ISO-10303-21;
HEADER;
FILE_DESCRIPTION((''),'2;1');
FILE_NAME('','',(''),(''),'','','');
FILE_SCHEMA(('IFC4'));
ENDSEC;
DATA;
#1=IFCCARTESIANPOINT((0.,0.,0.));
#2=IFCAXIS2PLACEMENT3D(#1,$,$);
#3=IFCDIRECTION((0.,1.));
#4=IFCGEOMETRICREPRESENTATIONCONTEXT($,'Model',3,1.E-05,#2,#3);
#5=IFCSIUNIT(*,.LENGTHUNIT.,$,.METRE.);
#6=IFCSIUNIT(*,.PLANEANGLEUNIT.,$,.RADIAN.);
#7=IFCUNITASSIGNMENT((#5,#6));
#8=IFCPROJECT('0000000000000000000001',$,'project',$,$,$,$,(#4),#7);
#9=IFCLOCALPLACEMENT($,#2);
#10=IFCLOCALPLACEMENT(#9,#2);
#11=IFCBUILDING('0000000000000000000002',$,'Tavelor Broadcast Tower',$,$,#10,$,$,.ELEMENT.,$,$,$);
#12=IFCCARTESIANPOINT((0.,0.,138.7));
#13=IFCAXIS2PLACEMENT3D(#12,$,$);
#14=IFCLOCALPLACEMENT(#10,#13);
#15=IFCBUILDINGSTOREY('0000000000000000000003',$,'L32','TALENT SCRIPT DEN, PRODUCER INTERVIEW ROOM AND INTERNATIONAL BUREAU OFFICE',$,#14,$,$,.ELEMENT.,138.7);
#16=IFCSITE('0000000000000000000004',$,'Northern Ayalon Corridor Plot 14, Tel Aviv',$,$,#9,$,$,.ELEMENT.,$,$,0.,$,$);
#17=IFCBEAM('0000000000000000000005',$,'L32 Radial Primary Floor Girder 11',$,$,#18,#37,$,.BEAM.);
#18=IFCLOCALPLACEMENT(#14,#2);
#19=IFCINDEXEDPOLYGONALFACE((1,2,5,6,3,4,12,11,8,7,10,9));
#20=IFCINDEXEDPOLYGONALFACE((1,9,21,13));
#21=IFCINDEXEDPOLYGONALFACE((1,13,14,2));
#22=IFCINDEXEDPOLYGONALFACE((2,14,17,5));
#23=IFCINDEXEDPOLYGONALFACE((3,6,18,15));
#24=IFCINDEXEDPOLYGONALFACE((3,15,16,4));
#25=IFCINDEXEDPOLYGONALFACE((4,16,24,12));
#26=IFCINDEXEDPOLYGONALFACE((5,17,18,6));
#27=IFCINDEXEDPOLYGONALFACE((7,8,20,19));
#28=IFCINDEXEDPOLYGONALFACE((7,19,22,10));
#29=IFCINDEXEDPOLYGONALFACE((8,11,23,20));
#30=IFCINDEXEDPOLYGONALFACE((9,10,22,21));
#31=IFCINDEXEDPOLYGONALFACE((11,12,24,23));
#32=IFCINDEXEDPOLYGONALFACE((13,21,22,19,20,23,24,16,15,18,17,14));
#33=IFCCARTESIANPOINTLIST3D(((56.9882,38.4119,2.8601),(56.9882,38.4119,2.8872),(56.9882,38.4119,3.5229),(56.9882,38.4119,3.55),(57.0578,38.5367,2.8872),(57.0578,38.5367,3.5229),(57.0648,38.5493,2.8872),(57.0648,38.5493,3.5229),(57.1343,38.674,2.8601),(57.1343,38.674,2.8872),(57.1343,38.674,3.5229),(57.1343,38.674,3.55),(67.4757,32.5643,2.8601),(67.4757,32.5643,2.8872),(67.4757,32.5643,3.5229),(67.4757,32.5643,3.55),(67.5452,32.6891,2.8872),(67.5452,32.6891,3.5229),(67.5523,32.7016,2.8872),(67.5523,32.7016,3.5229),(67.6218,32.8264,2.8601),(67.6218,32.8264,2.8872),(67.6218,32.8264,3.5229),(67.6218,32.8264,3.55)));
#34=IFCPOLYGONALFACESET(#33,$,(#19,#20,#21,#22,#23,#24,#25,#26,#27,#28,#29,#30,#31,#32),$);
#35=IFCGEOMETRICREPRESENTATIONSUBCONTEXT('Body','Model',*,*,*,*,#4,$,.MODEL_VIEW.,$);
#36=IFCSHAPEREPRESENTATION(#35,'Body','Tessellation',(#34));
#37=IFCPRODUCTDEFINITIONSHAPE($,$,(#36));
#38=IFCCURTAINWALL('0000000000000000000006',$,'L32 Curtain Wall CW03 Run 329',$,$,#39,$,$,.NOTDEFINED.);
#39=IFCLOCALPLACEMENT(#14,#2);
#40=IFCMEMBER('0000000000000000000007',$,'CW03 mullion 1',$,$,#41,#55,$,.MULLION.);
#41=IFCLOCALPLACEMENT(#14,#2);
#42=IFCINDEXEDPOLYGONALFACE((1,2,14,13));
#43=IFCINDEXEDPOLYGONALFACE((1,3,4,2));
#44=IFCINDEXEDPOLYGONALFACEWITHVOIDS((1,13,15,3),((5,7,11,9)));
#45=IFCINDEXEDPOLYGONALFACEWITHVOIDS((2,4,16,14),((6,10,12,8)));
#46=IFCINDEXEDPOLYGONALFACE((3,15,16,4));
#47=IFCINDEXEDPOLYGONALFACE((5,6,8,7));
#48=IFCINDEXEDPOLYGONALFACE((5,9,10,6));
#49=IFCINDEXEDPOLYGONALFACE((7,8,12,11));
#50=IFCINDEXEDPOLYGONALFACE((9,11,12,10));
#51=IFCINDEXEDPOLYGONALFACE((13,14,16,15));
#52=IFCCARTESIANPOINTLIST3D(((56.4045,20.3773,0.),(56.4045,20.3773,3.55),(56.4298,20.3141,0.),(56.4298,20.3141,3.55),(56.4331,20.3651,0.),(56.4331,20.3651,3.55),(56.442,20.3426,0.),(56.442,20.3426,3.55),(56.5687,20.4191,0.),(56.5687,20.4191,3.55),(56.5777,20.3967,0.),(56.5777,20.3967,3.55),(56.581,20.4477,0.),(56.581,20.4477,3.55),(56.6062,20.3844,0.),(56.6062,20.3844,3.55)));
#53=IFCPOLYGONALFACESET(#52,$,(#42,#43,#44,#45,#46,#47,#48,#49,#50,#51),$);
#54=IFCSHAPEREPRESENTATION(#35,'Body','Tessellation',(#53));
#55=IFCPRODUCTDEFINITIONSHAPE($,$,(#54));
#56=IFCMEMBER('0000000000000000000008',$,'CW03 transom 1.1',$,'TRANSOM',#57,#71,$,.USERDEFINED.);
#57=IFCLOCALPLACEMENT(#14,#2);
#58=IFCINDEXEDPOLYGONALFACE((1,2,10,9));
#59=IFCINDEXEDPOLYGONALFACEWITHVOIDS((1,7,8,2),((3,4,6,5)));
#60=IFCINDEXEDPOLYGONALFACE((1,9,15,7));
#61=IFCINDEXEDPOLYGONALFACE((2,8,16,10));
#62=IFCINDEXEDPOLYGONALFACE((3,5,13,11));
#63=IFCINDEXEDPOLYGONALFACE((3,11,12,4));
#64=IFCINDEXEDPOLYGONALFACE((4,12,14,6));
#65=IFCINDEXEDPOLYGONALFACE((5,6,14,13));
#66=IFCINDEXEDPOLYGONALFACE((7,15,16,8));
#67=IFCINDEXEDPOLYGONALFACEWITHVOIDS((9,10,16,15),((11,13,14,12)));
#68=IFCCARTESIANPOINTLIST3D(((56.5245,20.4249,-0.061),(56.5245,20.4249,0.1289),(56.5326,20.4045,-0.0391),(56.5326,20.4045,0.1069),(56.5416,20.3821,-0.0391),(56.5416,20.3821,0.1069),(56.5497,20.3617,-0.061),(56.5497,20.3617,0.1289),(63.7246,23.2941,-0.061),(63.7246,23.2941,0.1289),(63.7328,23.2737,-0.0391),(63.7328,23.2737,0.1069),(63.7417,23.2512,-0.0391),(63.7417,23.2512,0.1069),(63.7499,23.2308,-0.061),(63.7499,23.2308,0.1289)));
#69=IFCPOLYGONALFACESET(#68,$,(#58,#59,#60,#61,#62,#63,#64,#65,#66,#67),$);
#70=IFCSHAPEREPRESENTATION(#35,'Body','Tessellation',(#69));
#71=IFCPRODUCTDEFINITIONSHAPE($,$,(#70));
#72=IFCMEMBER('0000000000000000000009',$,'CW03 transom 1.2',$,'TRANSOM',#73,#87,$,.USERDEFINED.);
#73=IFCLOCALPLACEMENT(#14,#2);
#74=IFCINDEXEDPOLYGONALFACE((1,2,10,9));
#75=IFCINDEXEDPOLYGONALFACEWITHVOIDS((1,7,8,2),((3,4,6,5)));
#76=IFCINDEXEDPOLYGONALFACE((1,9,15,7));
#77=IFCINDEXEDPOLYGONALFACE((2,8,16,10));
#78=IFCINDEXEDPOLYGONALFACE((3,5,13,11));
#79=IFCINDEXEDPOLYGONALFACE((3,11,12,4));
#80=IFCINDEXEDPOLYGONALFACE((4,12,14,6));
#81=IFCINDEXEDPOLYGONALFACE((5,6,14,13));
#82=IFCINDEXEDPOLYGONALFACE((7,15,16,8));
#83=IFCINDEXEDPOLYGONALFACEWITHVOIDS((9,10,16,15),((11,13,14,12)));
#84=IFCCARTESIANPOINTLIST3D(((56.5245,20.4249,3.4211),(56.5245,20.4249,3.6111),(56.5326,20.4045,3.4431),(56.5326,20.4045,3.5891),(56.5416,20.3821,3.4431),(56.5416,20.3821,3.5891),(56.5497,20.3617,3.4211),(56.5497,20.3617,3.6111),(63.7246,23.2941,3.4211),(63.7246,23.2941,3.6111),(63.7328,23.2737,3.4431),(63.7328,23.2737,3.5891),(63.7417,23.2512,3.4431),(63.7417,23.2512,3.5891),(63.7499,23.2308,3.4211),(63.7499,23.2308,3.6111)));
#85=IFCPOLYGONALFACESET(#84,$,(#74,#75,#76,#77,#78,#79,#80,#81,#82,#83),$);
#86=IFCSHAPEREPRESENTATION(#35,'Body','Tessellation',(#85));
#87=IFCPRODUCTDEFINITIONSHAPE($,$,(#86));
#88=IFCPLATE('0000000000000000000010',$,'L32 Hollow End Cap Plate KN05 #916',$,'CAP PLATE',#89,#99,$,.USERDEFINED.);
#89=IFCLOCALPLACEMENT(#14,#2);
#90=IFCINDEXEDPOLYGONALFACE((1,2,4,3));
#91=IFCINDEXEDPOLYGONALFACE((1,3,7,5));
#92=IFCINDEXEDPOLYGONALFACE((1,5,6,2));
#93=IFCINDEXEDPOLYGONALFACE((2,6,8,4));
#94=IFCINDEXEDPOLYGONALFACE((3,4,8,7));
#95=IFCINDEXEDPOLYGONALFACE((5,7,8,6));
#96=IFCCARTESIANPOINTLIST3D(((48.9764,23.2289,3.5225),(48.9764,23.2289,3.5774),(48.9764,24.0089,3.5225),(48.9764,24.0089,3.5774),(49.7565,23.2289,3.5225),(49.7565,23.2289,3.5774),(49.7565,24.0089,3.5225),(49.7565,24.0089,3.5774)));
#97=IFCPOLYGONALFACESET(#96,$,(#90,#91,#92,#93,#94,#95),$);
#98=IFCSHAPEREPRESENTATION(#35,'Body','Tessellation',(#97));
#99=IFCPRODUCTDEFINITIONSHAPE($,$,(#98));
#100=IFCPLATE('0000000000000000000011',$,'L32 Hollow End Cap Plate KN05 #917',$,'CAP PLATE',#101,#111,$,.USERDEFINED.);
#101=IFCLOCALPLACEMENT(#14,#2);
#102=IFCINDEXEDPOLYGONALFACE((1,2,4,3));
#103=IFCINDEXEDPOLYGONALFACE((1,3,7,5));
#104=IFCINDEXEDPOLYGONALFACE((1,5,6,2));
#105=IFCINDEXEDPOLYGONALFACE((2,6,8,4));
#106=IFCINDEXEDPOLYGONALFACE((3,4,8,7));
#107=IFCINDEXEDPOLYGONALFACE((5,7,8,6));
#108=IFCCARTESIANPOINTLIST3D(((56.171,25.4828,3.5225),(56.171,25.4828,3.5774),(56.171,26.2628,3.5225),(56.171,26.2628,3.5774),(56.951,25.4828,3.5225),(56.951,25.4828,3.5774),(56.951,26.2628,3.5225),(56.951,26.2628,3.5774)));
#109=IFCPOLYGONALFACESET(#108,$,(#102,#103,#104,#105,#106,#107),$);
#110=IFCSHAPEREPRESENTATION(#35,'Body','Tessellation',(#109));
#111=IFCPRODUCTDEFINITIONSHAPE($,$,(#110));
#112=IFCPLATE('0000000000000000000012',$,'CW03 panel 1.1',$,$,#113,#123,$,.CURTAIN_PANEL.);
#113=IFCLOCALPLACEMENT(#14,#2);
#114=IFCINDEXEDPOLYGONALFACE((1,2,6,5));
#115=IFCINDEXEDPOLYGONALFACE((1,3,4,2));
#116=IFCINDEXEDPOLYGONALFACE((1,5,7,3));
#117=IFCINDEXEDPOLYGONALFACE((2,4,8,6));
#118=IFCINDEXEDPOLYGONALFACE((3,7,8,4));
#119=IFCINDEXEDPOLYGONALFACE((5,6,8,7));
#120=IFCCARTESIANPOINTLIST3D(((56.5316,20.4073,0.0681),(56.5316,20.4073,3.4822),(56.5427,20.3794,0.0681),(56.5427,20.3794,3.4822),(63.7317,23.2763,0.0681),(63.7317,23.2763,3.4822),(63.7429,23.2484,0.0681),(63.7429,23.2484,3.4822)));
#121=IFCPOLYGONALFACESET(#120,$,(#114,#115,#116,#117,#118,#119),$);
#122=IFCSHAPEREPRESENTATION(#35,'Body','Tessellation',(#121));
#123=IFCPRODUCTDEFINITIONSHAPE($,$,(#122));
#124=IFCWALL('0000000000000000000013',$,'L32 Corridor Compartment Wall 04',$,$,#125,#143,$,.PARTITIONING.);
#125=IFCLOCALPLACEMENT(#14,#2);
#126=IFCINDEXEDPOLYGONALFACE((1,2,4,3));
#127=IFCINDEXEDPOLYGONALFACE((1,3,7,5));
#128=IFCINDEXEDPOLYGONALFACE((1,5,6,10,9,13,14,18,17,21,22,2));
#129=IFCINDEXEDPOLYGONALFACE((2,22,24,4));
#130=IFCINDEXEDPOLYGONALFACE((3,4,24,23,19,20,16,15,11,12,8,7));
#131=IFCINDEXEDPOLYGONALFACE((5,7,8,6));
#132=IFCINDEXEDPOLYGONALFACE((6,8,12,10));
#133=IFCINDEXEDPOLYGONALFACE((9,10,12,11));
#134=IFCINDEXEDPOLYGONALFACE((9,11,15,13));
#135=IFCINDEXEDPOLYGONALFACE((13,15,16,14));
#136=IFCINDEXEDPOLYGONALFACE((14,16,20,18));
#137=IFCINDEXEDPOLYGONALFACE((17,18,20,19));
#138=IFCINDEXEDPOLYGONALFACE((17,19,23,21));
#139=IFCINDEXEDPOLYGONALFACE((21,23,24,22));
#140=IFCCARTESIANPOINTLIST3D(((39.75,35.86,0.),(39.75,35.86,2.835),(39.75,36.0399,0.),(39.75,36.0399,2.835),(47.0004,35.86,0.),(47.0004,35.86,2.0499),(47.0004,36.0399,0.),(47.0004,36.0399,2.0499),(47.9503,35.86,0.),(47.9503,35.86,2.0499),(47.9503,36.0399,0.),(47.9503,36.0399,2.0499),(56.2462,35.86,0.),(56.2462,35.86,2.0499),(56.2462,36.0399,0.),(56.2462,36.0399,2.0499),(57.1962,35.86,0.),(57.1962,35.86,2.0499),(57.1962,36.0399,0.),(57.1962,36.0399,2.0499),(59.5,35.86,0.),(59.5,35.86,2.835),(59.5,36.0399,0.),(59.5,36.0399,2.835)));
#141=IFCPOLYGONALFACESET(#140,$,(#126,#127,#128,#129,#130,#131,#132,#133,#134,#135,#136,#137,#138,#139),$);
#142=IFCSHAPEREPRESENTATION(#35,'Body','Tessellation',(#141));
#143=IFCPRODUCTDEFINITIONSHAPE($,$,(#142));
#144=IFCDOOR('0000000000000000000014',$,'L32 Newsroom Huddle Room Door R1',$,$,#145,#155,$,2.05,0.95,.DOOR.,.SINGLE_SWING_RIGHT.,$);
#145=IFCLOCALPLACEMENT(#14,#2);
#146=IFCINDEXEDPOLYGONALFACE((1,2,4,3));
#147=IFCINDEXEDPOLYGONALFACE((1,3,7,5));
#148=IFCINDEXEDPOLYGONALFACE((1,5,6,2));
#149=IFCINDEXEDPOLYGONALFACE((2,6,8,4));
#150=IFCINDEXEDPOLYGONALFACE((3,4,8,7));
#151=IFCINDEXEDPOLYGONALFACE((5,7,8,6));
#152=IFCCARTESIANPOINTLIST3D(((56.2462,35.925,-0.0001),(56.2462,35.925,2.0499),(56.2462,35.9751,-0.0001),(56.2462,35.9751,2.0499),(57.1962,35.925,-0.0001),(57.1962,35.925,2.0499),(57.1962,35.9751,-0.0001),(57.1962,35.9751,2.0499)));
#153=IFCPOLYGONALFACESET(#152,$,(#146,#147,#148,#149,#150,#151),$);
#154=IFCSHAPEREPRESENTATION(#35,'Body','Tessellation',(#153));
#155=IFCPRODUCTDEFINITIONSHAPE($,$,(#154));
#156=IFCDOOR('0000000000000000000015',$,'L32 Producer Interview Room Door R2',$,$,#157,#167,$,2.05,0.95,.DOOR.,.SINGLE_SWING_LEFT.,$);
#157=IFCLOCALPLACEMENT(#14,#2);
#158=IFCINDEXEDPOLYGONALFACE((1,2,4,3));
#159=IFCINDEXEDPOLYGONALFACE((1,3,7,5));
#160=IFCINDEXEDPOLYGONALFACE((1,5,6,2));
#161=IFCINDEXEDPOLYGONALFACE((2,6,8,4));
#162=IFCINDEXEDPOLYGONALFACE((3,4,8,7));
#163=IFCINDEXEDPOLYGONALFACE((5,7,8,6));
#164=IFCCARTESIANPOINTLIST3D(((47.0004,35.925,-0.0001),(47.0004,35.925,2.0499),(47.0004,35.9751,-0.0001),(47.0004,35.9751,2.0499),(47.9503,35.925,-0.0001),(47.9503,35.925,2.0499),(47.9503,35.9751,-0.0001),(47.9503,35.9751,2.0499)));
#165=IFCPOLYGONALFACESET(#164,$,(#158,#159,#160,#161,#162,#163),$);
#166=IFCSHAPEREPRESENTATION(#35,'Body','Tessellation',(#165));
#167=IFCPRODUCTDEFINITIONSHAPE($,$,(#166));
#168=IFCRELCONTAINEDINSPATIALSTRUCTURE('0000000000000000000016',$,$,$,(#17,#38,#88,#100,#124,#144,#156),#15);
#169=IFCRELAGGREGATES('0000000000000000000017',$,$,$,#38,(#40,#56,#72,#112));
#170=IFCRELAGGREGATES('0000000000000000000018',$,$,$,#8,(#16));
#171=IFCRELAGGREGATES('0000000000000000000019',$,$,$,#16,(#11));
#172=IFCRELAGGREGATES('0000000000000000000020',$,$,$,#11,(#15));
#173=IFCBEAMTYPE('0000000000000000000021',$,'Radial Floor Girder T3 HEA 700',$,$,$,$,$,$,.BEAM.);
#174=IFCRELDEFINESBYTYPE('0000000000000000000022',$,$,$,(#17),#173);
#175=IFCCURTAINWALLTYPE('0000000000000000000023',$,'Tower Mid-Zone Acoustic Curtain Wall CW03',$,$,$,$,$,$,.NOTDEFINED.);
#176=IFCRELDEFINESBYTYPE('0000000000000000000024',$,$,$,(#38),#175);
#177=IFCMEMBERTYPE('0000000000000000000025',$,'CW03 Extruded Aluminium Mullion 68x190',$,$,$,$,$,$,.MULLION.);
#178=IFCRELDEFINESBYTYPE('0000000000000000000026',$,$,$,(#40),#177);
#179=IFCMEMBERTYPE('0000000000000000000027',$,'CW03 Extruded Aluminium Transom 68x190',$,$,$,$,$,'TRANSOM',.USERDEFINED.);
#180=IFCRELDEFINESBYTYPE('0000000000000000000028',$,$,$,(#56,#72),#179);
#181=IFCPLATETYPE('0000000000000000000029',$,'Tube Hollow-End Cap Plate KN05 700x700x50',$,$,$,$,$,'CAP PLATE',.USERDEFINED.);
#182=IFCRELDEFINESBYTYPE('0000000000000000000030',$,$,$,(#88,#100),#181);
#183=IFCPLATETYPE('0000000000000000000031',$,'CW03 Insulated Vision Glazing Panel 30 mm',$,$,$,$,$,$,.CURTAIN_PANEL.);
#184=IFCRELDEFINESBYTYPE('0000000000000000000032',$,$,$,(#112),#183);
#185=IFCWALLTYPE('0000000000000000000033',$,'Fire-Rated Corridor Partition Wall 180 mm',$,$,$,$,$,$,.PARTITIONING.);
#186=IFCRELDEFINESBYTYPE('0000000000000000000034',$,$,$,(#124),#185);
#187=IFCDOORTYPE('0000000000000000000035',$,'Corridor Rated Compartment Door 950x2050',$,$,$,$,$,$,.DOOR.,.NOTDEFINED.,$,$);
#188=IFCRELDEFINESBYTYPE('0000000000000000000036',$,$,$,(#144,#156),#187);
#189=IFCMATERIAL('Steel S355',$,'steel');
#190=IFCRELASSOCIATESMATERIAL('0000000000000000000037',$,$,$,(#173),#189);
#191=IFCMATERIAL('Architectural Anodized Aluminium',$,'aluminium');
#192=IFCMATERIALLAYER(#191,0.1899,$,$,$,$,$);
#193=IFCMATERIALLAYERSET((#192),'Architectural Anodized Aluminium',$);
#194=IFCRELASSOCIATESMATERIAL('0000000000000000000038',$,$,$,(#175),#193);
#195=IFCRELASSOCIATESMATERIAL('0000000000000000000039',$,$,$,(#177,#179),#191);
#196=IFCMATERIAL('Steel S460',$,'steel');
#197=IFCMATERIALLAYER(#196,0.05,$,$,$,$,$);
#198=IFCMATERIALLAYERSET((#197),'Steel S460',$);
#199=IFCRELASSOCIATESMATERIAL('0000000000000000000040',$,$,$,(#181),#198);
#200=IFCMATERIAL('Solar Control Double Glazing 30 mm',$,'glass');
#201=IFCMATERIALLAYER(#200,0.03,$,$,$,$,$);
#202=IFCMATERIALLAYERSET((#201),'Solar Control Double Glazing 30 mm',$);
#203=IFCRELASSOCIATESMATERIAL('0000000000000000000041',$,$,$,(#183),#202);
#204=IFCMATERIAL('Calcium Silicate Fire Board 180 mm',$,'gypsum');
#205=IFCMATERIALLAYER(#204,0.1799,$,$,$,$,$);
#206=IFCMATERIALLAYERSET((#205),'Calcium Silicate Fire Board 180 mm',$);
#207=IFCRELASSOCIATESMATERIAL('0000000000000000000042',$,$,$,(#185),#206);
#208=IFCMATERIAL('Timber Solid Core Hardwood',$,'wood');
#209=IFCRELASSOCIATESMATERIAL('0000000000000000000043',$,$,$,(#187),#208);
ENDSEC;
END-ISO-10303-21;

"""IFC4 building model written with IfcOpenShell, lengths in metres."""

from ifc_helpers import new_model, si_unit, direction, frame, frame_2d, origin, origin_2d, place, context, subcontext, project, spatial, rectangle, hollow_rectangle, i_section, extrude, source, transform, mapped, material, layer, layer_set, material_profile, profile_set, type_object, type_shapes, element, fill, aggregate, save


model = new_model("IFC4")

# Units and contexts
model_context = context("Model", 3, precision=1e-05, world=origin(), true_north=direction((0.0, 1.0)))
body_context = subcontext(model_context, "Body", "Model", "MODEL_VIEW")
ifc_project = project(units=[si_unit("LENGTHUNIT", "METRE"), si_unit("PLANEANGLEUNIT", "RADIAN")], contexts=[model_context])

# Site, building, storey
site_placement = place(None, origin())
site = spatial("IfcSite", under=ifc_project, at=site_placement, Name="Northern Ayalon Corridor Plot 14, Tel Aviv", CompositionType="ELEMENT", RefElevation=0.0)
building_placement = place(site_placement, origin())
building = spatial("IfcBuilding", under=site, at=building_placement, Name="Tavelor Broadcast Tower", CompositionType="ELEMENT")
storey_placement = place(building_placement, frame((0.0, 0.0, 138.7)))
storey = spatial("IfcBuildingStorey", under=building, at=storey_placement, Name="L32", Description="TALENT SCRIPT DEN, PRODUCER INTERVIEW ROOM AND INTERNATIONAL BUREAU OFFICE", CompositionType="ELEMENT", Elevation=138.7)

# Shared definitions
ifc_material_1 = material(Name="Steel S460", Category="steel")

# Beam
ifc_material_2 = material(Name="Steel S355", Category="steel")
ifc_material_profile_1 = material_profile(ifc_material_2, i_section(OverallWidth=0.3, OverallDepth=0.6899, WebThickness=0.0144, FlangeThickness=0.0271, at=origin_2d()), Name="HEA 700")
ifc_profile_set_1 = profile_set([ifc_material_profile_1], Name="Steel S355")
beam_type_1 = type_object("IfcBeamType", Name="Radial Floor Girder T3 HEA 700", PredefinedType="BEAM", material=ifc_profile_set_1)
beam_1_placement = place(storey_placement, frame((57.0613, 38.543, 3.2051), z_axis=(0.873405, -0.486994, 0.0), x_axis=(0.486994, 0.873405, 0.0)))
element("IfcBeam", 1, at=beam_1_placement, inside=storey, type_object=beam_type_1, Name="L32 Radial Primary Floor Girder 11", PredefinedType="BEAM", context=body_context, shape_type="SweptSolid", body=[
    extrude(i_section(OverallWidth=0.3, OverallDepth=0.6899, WebThickness=0.0144, FlangeThickness=0.0271, at=origin_2d()), origin(), (0.0, 0.0, 1.0), 12.0076),
])

# Curtain wall, members
ifc_material_3 = material(Name="Architectural Anodized Aluminium", Category="aluminium")
ifc_layer_1 = layer(ifc_material_3, 0.1899)
ifc_layer_set_1 = layer_set([ifc_layer_1], Name="Architectural Anodized Aluminium")
curtain_wall_type = type_object("IfcCurtainWallType", Name="Tower Mid-Zone Acoustic Curtain Wall CW03", PredefinedType="NOTDEFINED", material=ifc_layer_set_1)
curtain_wall_placement = place(storey_placement, origin())
curtain_wall = element("IfcCurtainWall", 2, at=curtain_wall_placement, inside=storey, type_object=curtain_wall_type, Name="L32 Curtain Wall CW03 Run 329", PredefinedType="NOTDEFINED")
ifc_material_profile_2 = material_profile(ifc_material_3, hollow_rectangle(XDim=0.0681, YDim=0.1899, WallThickness=0.022, at=origin_2d()), Name="RHS 68x190x22")
ifc_profile_set_2 = profile_set([ifc_material_profile_2], Name="Architectural Anodized Aluminium")
member_type_1 = type_object("IfcMemberType", Name="CW03 Extruded Aluminium Mullion 68x190", PredefinedType="MULLION", material=ifc_profile_set_2)
shared_shape_1 = source(origin(), body_context, "Body", "SweptSolid", [
    extrude(hollow_rectangle(XDim=0.0681, YDim=0.1899, WallThickness=0.022, at=origin_2d()), origin(), (0.0, 0.0, 1.0), 3.55),
])
type_shapes(member_type_1, [shared_shape_1])
member_1_placement = place(storey_placement, frame((56.5054, 20.3809, 0.0), z_axis=(0.0, 0.0, 1.0), x_axis=(-0.370162, 0.928967, 0.0)))
member_1 = element("IfcMember", 3, at=member_1_placement, type_object=member_type_1, Name="CW03 mullion 1", PredefinedType="MULLION", context=body_context, shape_type="MappedRepresentation", body=[
    mapped(shared_shape_1, transform((0.0, 0.0, 0.0), scale=1.0)),
])
ifc_material_profile_3 = material_profile(ifc_material_3, hollow_rectangle(XDim=0.0681, YDim=0.1899, WallThickness=0.022, at=origin_2d()), Name="RHS 68x190x22")
ifc_profile_set_3 = profile_set([ifc_material_profile_3], Name="Architectural Anodized Aluminium")
member_type_2 = type_object("IfcMemberType", Name="CW03 Extruded Aluminium Transom 68x190", ElementType="TRANSOM", PredefinedType="USERDEFINED", material=ifc_profile_set_3)
shared_shape_2 = source(origin(), body_context, "Body", "SweptSolid", [
    extrude(hollow_rectangle(XDim=0.0681, YDim=0.1899, WallThickness=0.022, at=origin_2d()), origin(), (0.0, 0.0, 1.0), 7.7507),
])
type_shapes(member_type_2, [shared_shape_2])
member_2_placement = place(storey_placement, frame((56.5371, 20.3933, 0.0339), z_axis=(0.928962, 0.370174, 0.0), x_axis=(-0.370174, 0.928962, 0.0)))
member_2 = element("IfcMember", 4, at=member_2_placement, type_object=member_type_2, Name="CW03 transom 1.1", ObjectType="TRANSOM", PredefinedType="USERDEFINED", context=body_context, shape_type="MappedRepresentation", body=[
    mapped(shared_shape_2, transform((0.0, 0.0, 0.0), scale=1.0)),
])
member_3_placement = place(storey_placement, frame((56.5371, 20.3933, 3.5161), z_axis=(0.928962, 0.370174, 0.0), x_axis=(-0.370174, 0.928962, 0.0)))
member_3 = element("IfcMember", 5, at=member_3_placement, type_object=member_type_2, Name="CW03 transom 1.2", ObjectType="TRANSOM", PredefinedType="USERDEFINED", context=body_context, shape_type="MappedRepresentation", body=[
    mapped(shared_shape_2, transform((0.0, 0.0, 0.0), scale=1.0)),
])

# Plates
ifc_layer_2 = layer(ifc_material_1, 0.05)
ifc_layer_set_2 = layer_set([ifc_layer_2], Name="Steel S460")
plate_type_1 = type_object("IfcPlateType", Name="Tube Hollow-End Cap Plate KN05 700x700x50", ElementType="CAP PLATE", PredefinedType="USERDEFINED", material=ifc_layer_set_2)
shared_shape_3 = source(origin(), body_context, "Body", "SweptSolid", [
    extrude(rectangle(XDim=0.78, YDim=0.78, at=origin_2d()), origin(), (0.0, 0.0, 1.0), 0.0549),
])
type_shapes(plate_type_1, [shared_shape_3])
for number, where, z_axis, x_axis, name in (
    (6, (49.3665, 23.6189, 3.5225), (0.0, 0.0, 1.0), (1.0, 0.0, 0.0), "L32 Hollow End Cap Plate KN05 #916"),
    (7, (56.561, 25.8728, 3.5225), (0.0, 0.0, 1.0), (1.0, 0.0, 0.0), "L32 Hollow End Cap Plate KN05 #917"),
):
    element("IfcPlate", number, at=place(storey_placement, frame(where, z_axis=z_axis, x_axis=x_axis)), inside=storey, type_object=plate_type_1, Name=name, ObjectType="CAP PLATE", PredefinedType="USERDEFINED", context=body_context, shape_type="MappedRepresentation", body=[
        mapped(shared_shape_3, transform((0.0, 0.0, 0.0), scale=1.0)),
    ])

# Plate
ifc_material_4 = material(Name="Solar Control Double Glazing 30 mm", Category="glass")
ifc_layer_3 = layer(ifc_material_4, 0.03)
ifc_layer_set_3 = layer_set([ifc_layer_3], Name="Solar Control Double Glazing 30 mm")
plate_type_2 = type_object("IfcPlateType", Name="CW03 Insulated Vision Glazing Panel 30 mm", PredefinedType="CURTAIN_PANEL", material=ifc_layer_set_3)
shared_shape_4 = source(origin(), body_context, "Body", "SweptSolid", [
    extrude(rectangle(XDim=7.7507, YDim=0.03, at=origin_2d()), origin(), (0.0, 0.0, 1.0), 3.4141),
])
type_shapes(plate_type_2, [shared_shape_4])
plate_placement = place(storey_placement, frame((60.1372, 21.8279, 0.0681), z_axis=(0.0, 0.0, 1.0), x_axis=(0.928967, 0.370162, 0.0)))
plate = element("IfcPlate", 8, at=plate_placement, type_object=plate_type_2, Name="CW03 panel 1.1", PredefinedType="CURTAIN_PANEL", context=body_context, shape_type="MappedRepresentation", body=[
    mapped(shared_shape_4, transform((0.0, 0.0, 0.0), scale=1.0)),
])
aggregate(curtain_wall, [member_1, member_2, member_3, plate])

# Wall, openings, doors
ifc_material_5 = material(Name="Calcium Silicate Fire Board 180 mm", Category="gypsum")
ifc_layer_4 = layer(ifc_material_5, 0.1799)
ifc_layer_set_4 = layer_set([ifc_layer_4], Name="Calcium Silicate Fire Board 180 mm")
wall_type_1 = type_object("IfcWallType", Name="Fire-Rated Corridor Partition Wall 180 mm", PredefinedType="PARTITIONING", material=ifc_layer_set_4)
wall_1_placement = place(storey_placement, frame((59.5, 35.95, 0.0), z_axis=(0.0, 0.0, 1.0), x_axis=(-1.0, 0.0, 0.0)))
wall_1 = element("IfcWall", 9, at=wall_1_placement, inside=storey, type_object=wall_type_1, Name="L32 Corridor Compartment Wall 04", PredefinedType="PARTITIONING", context=body_context, shape_type="SweptSolid", body=[
    extrude(rectangle(XDim=19.75, YDim=0.1799, at=frame_2d((9.875, 0.0))), origin(), (0.0, 0.0, 1.0), 2.835),
])
opening_1_placement = place(wall_1_placement, frame((2.3037, 0.0, 0.0)))
opening_1 = element("IfcOpeningElement", 10, at=opening_1_placement, cuts=wall_1, PredefinedType="OPENING", context=body_context, shape_type="SweptSolid", body=[
    extrude(rectangle(XDim=0.95, YDim=2.05, at=frame_2d((0.4751, 1.0249))), frame((0.0, 0.1001, 0.0), z_axis=(0.0, -1.0, 0.0), x_axis=(1.0, 0.0, 0.0)), (0.0, 0.0, 1.0), 0.2),
])
opening_2_placement = place(wall_1_placement, frame((11.5496, 0.0, 0.0)))
opening_2 = element("IfcOpeningElement", 11, at=opening_2_placement, cuts=wall_1, PredefinedType="OPENING", context=body_context, shape_type="SweptSolid", body=[
    extrude(rectangle(XDim=0.95, YDim=2.05, at=frame_2d((0.4751, 1.0249))), frame((0.0, 0.1001, 0.0), z_axis=(0.0, -1.0, 0.0), x_axis=(1.0, 0.0, 0.0)), (0.0, 0.0, 1.0), 0.2),
])
ifc_material_6 = material(Name="Timber Solid Core Hardwood", Category="wood")
door_type = type_object("IfcDoorType", Name="Corridor Rated Compartment Door 950x2050", OperationType="NOTDEFINED", PredefinedType="DOOR", material=ifc_material_6)
door_1_placement = place(opening_1_placement, origin())
door_1 = element("IfcDoor", 12, at=door_1_placement, inside=storey, type_object=door_type, Name="L32 Newsroom Huddle Room Door R1", OperationType="SINGLE_SWING_RIGHT", OverallHeight=2.05, OverallWidth=0.95, PredefinedType="DOOR", context=body_context, shape_type="SweptSolid", body=[
    extrude(rectangle(XDim=0.95, YDim=2.05, at=frame_2d((0.4751, 1.0249))), frame((0.0, 0.0249, 0.0), z_axis=(0.0, -1.0, 0.0), x_axis=(1.0, 0.0, 0.0)), (0.0, 0.0, 1.0), 0.05),
])
fill(opening_1, door_1)
door_2_placement = place(opening_2_placement, origin())
door_2 = element("IfcDoor", 13, at=door_2_placement, inside=storey, type_object=door_type, Name="L32 Producer Interview Room Door R2", OperationType="SINGLE_SWING_LEFT", OverallHeight=2.05, OverallWidth=0.95, PredefinedType="DOOR", context=body_context, shape_type="SweptSolid", body=[
    extrude(rectangle(XDim=0.95, YDim=2.05, at=frame_2d((0.4751, 1.0249))), frame((0.0, 0.0249, 0.0), z_axis=(0.0, -1.0, 0.0), x_axis=(1.0, 0.0, 0.0)), (0.0, 0.0, 1.0), 0.05),
])
fill(opening_2, door_2)

save(model, "model.ifc")
